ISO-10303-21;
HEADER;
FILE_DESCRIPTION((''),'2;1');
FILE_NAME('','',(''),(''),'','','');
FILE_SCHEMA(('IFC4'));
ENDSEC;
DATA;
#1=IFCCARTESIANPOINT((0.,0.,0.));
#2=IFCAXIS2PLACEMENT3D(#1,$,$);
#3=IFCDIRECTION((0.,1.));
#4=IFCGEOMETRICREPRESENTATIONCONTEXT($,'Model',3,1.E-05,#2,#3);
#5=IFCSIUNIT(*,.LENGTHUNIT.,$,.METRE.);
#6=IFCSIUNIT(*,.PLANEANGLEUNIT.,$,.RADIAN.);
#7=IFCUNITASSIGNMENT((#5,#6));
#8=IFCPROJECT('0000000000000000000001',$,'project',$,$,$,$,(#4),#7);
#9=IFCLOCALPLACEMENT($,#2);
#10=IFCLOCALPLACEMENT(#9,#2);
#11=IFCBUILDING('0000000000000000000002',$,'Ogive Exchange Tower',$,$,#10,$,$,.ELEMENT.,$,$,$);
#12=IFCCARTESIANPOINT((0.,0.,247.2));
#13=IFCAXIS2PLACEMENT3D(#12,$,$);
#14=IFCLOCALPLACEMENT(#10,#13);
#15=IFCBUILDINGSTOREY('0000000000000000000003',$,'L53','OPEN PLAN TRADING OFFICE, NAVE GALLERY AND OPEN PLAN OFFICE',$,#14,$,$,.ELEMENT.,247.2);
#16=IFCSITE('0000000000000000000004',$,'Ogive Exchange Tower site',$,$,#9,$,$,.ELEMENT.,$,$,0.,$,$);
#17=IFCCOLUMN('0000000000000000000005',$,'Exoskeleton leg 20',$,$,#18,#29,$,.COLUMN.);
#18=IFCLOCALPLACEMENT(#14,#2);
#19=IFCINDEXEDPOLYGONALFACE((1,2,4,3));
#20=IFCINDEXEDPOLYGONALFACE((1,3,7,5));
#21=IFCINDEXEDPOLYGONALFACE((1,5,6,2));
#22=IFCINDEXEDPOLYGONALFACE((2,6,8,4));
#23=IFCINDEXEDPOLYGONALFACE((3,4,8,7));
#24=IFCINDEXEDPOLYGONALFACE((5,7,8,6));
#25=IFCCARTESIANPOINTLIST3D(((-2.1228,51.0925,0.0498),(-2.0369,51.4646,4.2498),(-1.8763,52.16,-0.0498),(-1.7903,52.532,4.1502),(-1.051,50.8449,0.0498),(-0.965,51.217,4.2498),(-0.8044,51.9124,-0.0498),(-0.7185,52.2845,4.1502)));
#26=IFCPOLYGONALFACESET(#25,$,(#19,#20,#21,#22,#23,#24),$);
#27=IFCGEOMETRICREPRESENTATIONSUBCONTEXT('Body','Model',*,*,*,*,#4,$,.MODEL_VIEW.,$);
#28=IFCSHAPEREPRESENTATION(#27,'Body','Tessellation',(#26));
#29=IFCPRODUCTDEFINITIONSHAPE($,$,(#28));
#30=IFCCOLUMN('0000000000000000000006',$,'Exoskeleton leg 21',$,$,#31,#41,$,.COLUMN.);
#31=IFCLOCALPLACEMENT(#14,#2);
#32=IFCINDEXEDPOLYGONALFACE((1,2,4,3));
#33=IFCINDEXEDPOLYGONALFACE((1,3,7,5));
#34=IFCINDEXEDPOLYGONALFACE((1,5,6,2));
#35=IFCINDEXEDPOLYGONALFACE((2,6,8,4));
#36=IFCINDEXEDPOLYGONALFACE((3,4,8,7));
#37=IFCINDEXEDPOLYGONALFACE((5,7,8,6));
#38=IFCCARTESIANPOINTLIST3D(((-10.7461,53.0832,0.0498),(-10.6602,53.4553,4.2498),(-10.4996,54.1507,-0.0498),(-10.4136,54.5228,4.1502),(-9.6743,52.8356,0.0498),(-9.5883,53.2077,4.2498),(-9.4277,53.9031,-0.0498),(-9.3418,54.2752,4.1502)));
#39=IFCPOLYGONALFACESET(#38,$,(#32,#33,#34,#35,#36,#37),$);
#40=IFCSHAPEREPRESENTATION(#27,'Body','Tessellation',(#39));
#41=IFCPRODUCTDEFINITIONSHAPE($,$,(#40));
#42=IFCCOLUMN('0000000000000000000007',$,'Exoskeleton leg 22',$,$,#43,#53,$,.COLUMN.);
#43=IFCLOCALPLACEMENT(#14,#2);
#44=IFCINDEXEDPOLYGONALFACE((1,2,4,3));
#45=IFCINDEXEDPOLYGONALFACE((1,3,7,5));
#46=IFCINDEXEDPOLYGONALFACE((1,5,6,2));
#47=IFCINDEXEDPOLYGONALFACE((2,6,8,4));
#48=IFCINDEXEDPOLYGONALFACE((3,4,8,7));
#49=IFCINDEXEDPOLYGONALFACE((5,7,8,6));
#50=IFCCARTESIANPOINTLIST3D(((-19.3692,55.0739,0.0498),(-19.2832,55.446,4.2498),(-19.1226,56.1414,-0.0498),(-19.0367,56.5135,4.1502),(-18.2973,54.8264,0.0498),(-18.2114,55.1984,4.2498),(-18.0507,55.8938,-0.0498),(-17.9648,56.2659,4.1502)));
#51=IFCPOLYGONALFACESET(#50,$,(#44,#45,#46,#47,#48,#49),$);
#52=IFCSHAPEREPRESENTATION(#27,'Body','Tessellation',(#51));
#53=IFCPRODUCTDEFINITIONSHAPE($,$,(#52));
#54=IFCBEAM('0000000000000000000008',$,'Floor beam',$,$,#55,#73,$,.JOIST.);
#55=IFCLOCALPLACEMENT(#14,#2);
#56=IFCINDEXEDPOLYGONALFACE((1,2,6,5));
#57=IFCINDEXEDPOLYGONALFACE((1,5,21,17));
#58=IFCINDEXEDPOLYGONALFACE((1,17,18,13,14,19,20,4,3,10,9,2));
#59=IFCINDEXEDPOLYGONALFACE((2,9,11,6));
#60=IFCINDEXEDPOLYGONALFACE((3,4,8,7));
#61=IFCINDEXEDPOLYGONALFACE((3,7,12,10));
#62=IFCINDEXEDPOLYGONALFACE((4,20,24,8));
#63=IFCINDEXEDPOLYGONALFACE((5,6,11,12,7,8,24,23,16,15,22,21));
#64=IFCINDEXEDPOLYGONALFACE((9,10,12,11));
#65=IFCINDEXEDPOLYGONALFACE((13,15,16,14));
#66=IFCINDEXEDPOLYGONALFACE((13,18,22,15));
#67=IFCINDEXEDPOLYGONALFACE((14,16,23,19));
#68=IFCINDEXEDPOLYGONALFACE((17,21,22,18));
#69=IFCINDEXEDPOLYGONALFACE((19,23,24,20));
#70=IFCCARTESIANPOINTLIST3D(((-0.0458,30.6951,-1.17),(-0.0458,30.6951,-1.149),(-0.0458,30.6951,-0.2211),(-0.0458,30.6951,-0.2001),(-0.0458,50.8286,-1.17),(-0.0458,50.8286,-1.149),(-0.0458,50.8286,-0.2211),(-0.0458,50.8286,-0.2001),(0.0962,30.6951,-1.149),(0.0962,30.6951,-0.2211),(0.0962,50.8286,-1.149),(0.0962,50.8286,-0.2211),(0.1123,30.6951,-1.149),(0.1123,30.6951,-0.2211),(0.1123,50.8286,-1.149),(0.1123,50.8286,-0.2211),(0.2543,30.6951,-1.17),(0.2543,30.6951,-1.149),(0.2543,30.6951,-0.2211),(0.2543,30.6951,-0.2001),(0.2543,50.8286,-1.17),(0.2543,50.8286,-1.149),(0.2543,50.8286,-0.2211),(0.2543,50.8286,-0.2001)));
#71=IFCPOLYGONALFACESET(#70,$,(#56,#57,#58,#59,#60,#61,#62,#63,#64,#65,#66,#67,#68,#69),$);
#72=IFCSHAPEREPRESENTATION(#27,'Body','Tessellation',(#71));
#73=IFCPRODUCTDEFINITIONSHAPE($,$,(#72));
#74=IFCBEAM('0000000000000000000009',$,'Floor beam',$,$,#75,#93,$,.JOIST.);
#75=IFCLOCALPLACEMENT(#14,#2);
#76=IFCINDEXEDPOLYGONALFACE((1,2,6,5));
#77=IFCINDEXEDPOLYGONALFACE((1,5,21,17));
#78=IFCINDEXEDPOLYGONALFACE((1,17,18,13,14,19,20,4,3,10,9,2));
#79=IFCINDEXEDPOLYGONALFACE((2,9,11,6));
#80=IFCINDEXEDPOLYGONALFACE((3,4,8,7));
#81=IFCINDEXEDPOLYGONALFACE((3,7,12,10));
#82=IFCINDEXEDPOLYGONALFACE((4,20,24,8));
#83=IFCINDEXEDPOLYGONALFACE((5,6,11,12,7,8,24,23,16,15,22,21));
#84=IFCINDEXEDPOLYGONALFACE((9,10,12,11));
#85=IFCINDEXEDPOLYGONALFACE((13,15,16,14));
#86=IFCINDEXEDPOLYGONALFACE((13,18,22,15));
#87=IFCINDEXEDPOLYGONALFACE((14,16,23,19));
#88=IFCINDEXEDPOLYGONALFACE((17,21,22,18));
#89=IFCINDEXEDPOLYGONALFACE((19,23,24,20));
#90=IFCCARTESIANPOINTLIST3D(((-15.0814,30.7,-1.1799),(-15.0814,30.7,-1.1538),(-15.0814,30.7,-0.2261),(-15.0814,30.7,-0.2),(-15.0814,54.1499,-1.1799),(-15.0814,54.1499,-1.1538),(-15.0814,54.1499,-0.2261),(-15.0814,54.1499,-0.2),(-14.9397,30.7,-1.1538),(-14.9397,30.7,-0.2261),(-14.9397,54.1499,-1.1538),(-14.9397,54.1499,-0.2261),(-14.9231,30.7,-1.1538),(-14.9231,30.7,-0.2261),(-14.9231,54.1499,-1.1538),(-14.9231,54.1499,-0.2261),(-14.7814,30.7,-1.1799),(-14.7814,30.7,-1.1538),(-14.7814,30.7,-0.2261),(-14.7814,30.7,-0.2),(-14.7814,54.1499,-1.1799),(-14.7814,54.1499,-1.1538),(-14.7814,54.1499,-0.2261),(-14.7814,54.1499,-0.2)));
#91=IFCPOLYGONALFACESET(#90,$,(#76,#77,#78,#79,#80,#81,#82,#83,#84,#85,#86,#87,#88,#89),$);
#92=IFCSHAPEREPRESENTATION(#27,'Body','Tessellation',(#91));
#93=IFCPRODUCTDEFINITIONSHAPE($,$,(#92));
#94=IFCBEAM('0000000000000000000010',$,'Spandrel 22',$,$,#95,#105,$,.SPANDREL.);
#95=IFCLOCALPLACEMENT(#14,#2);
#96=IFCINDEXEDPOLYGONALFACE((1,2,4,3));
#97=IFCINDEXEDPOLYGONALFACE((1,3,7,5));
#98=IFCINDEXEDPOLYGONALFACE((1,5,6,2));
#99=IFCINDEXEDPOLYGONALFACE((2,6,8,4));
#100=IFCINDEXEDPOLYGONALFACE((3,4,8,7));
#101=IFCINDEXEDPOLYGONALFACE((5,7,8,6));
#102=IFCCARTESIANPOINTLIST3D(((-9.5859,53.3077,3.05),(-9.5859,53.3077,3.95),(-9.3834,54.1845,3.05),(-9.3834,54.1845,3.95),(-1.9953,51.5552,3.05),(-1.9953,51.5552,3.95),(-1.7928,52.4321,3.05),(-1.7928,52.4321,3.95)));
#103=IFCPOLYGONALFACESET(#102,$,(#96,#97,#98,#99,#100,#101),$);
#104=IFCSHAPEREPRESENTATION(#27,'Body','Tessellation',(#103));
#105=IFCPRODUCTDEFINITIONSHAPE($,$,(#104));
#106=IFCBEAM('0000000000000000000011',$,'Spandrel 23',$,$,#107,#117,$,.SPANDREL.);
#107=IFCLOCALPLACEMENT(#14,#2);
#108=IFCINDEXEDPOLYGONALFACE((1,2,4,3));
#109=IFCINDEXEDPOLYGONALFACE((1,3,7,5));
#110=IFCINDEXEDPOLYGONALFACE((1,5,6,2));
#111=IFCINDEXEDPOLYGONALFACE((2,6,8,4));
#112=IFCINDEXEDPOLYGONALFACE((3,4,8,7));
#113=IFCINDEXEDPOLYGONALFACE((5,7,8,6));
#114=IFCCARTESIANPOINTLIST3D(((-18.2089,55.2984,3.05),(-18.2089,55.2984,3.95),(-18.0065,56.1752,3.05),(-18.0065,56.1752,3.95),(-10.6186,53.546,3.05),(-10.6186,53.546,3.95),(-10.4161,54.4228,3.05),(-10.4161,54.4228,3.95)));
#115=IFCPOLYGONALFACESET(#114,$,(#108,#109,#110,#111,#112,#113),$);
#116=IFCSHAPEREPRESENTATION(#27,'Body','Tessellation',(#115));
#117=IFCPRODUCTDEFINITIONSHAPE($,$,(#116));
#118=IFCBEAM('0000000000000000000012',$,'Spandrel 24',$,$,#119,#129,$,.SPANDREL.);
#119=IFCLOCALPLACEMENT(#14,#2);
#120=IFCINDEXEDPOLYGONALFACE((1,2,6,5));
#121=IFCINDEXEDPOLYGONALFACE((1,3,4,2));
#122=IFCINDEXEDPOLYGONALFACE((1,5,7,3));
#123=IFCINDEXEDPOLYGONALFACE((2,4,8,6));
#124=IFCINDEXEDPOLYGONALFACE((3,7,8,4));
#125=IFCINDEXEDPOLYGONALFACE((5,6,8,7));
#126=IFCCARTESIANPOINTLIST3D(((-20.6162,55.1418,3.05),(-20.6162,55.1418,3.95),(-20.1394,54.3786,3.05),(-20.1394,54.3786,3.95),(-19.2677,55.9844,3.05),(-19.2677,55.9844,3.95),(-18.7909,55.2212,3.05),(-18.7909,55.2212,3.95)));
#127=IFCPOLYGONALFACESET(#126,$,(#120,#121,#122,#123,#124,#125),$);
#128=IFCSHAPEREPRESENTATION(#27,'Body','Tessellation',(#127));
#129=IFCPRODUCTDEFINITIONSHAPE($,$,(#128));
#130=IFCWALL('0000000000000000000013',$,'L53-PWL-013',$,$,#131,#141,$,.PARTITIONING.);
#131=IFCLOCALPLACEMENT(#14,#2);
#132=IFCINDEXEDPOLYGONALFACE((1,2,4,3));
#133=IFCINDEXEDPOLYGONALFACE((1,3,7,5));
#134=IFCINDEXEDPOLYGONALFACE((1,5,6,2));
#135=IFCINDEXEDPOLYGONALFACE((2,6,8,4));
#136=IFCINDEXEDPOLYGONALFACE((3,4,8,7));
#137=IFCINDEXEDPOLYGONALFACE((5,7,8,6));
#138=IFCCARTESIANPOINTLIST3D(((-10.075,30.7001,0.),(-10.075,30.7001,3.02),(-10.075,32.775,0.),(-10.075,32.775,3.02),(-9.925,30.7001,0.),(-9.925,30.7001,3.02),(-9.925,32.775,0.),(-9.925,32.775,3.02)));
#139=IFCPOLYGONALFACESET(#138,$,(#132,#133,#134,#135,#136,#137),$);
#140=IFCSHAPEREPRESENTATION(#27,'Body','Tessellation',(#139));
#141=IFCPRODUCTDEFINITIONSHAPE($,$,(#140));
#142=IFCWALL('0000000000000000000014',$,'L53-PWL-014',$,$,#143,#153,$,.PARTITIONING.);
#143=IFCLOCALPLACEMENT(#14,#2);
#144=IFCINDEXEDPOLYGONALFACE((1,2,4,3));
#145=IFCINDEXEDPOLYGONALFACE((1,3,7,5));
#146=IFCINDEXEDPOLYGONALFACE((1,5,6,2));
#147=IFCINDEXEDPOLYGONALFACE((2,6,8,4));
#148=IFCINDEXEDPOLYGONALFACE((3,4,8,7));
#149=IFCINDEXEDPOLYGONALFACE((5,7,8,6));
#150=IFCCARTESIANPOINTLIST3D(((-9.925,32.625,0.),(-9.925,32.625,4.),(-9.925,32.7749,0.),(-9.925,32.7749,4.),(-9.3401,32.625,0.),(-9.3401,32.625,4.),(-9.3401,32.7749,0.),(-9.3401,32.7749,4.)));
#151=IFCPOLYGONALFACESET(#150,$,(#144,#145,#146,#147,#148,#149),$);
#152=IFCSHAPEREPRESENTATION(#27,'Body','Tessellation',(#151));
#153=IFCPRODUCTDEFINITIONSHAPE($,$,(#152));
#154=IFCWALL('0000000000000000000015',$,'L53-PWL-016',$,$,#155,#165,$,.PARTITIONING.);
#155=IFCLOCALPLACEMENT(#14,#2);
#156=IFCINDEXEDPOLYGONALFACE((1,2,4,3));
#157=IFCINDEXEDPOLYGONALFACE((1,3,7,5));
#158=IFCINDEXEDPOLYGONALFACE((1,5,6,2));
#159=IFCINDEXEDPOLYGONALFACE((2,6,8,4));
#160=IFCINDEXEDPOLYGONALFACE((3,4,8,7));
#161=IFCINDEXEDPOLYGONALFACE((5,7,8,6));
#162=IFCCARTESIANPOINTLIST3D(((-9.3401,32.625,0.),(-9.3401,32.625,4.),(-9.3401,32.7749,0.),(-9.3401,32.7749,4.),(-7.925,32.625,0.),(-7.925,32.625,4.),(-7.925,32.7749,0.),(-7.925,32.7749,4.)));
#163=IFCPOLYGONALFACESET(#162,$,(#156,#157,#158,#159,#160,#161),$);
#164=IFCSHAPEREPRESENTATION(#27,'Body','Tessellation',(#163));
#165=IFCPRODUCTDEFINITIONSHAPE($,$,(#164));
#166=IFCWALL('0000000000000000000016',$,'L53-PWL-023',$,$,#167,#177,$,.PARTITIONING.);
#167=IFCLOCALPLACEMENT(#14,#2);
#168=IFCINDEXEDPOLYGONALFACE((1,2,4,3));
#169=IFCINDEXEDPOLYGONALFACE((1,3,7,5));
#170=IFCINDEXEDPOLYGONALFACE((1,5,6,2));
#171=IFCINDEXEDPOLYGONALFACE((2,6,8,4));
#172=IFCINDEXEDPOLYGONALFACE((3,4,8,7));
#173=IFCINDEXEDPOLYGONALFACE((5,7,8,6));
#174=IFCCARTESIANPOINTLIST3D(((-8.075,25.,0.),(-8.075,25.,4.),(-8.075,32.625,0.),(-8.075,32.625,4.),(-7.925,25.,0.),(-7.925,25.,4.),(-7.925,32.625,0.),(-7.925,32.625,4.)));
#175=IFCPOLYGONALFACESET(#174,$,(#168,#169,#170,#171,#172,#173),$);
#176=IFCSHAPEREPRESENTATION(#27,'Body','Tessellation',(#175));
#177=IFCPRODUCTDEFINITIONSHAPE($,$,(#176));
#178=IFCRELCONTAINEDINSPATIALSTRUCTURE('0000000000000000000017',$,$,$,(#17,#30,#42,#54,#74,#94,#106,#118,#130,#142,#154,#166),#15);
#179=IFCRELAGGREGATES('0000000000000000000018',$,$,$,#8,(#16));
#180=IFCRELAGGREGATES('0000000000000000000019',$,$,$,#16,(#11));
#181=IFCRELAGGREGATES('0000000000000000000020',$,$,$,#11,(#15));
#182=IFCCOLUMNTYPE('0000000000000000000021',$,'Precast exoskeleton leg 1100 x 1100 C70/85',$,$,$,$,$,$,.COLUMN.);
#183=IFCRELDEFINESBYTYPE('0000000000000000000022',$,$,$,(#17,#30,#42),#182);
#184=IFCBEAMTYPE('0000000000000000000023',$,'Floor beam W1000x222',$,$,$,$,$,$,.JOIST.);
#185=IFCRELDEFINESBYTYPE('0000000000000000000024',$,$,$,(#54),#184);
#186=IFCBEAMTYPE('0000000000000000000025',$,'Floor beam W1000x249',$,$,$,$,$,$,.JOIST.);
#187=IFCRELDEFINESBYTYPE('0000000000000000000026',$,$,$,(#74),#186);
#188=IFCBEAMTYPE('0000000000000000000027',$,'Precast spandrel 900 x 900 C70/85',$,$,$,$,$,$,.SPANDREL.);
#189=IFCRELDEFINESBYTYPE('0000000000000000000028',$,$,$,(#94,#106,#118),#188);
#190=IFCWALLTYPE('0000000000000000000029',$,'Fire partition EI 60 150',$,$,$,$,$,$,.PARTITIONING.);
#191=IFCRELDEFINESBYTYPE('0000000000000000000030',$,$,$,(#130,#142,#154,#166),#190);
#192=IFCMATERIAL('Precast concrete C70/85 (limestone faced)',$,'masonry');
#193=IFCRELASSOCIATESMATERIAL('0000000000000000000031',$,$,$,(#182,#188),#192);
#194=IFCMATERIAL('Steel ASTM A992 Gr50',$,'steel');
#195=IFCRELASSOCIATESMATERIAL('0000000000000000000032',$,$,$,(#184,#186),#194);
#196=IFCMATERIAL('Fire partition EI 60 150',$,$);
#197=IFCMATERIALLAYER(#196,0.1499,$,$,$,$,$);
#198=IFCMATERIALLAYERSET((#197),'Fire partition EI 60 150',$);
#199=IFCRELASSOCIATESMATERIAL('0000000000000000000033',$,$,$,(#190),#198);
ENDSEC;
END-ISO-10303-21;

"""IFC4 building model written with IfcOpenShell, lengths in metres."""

from ifc_helpers import new_model, si_unit, direction, frame, frame_2d, origin, origin_2d, place, context, subcontext, project, spatial, rectangle, i_section, extrude, material, layer, layer_set, material_profile, profile_set, type_object, element, save


model = new_model("IFC4")

# Units and contexts
model_context = context("Model", 3, precision=1e-05, world=origin(), true_north=direction((0.0, 1.0)))
body_context = subcontext(model_context, "Body", "Model", "MODEL_VIEW")
ifc_project = project(units=[si_unit("LENGTHUNIT", "METRE"), si_unit("PLANEANGLEUNIT", "RADIAN")], contexts=[model_context])

# Site, building, storey
site_placement = place(None, origin())
site = spatial("IfcSite", under=ifc_project, at=site_placement, Name="Ogive Exchange Tower site", CompositionType="ELEMENT", RefElevation=0.0)
building_placement = place(site_placement, origin())
building = spatial("IfcBuilding", under=site, at=building_placement, Name="Ogive Exchange Tower", CompositionType="ELEMENT")
storey_placement = place(building_placement, frame((0.0, 0.0, 247.2)))
storey = spatial("IfcBuildingStorey", under=building, at=storey_placement, Name="L53", Description="OPEN PLAN TRADING OFFICE, NAVE GALLERY AND OPEN PLAN OFFICE", CompositionType="ELEMENT", Elevation=247.2)

# Columns
ifc_material_1 = material(Name="Precast concrete C70/85 (limestone faced)", Category="masonry")
ifc_material_profile_1 = material_profile(ifc_material_1, rectangle(XDim=1.1001, YDim=1.1001, at=origin_2d()), Name="1100 x 1100")
ifc_profile_set_1 = profile_set([ifc_material_profile_1], Name="Precast concrete C70/85 (limestone faced)")
column_type = type_object("IfcColumnType", Name="Precast exoskeleton leg 1100 x 1100 C70/85", PredefinedType="COLUMN", material=ifc_profile_set_1)
for number, where, z_axis, x_axis, name in (
    (1, (-1.4636, 51.5024, 0.0), (0.020377, 0.088225, 0.995892), (-0.974348, 0.225046, 0.0), "Exoskeleton leg 20"),
    (2, (-10.0869, 53.4932, 0.0), (0.020377, 0.088225, 0.995892), (-0.974348, 0.225046, 0.0), "Exoskeleton leg 21"),
    (3, (-18.71, 55.4839, 0.0), (0.020377, 0.088225, 0.995892), (-0.974348, 0.225046, 0.0), "Exoskeleton leg 22"),
):
    element("IfcColumn", number, at=place(storey_placement, frame(where, z_axis=z_axis, x_axis=x_axis)), inside=storey, type_object=column_type, Name=name, PredefinedType="COLUMN", context=body_context, shape_type="SweptSolid", body=[
        extrude(rectangle(XDim=1.1001, YDim=1.1001, at=origin_2d()), origin(), (0.0, 0.0, 1.0), 4.2173),
    ])

# Beams
ifc_material_2 = material(Name="Steel ASTM A992 Gr50", Category="steel")
ifc_material_profile_2 = material_profile(ifc_material_2, i_section(OverallWidth=0.3, OverallDepth=0.97, WebThickness=0.0161, FlangeThickness=0.021, at=origin_2d()), Name="W1000x222")
ifc_profile_set_2 = profile_set([ifc_material_profile_2], Name="Steel ASTM A992 Gr50")
beam_type_1 = type_object("IfcBeamType", Name="Floor beam W1000x222", PredefinedType="JOIST", material=ifc_profile_set_2)
beam_1_placement = place(storey_placement, frame((0.1042, 30.6951, -0.6851), z_axis=(0.0, 1.0, 0.0), x_axis=(-1.0, 0.0, 0.0)))
element("IfcBeam", 4, at=beam_1_placement, inside=storey, type_object=beam_type_1, Name="Floor beam", PredefinedType="JOIST", context=body_context, shape_type="SweptSolid", body=[
    extrude(i_section(OverallWidth=0.3, OverallDepth=0.97, WebThickness=0.0161, FlangeThickness=0.021, at=origin_2d()), origin(), (0.0, 0.0, 1.0), 20.1335),
])
ifc_material_profile_3 = material_profile(ifc_material_2, i_section(OverallWidth=0.3, OverallDepth=0.98, WebThickness=0.0166, FlangeThickness=0.0261, at=origin_2d()), Name="W1000x249")
ifc_profile_set_3 = profile_set([ifc_material_profile_3], Name="Steel ASTM A992 Gr50")
beam_type_2 = type_object("IfcBeamType", Name="Floor beam W1000x249", PredefinedType="JOIST", material=ifc_profile_set_3)
beam_2_placement = place(storey_placement, frame((-14.9314, 30.7, -0.6899), z_axis=(0.0, 1.0, 0.0), x_axis=(-1.0, 0.0, 0.0)))
element("IfcBeam", 5, at=beam_2_placement, inside=storey, type_object=beam_type_2, Name="Floor beam", PredefinedType="JOIST", context=body_context, shape_type="SweptSolid", body=[
    extrude(i_section(OverallWidth=0.3, OverallDepth=0.98, WebThickness=0.0166, FlangeThickness=0.0261, at=origin_2d()), origin(), (0.0, 0.0, 1.0), 23.45),
])
ifc_material_profile_4 = material_profile(ifc_material_1, rectangle(XDim=0.8999, YDim=0.8999, at=origin_2d()), Name="900 x 900")
ifc_profile_set_4 = profile_set([ifc_material_profile_4], Name="Precast concrete C70/85 (limestone faced)")
beam_type_3 = type_object("IfcBeamType", Name="Precast spandrel 900 x 900 C70/85", PredefinedType="SPANDREL", material=ifc_profile_set_4)
beam_3_placement = place(storey_placement, frame((-1.894, 51.9937, 3.5), z_axis=(-0.97437, 0.224953, 0.0), x_axis=(-0.224953, -0.97437, 0.0)))
element("IfcBeam", 6, at=beam_3_placement, inside=storey, type_object=beam_type_3, Name="Spandrel 22", PredefinedType="SPANDREL", context=body_context, shape_type="SweptSolid", body=[
    extrude(rectangle(XDim=0.8999, YDim=0.8999, at=origin_2d()), origin(), (0.0, 0.0, 1.0), 7.7903),
])
beam_4_placement = place(storey_placement, frame((-10.5173, 53.9844, 3.5), z_axis=(-0.974368, 0.22496, 0.0), x_axis=(-0.22496, -0.974368, 0.0)))
element("IfcBeam", 7, at=beam_4_placement, inside=storey, type_object=beam_type_3, Name="Spandrel 23", PredefinedType="SPANDREL", context=body_context, shape_type="SweptSolid", body=[
    extrude(rectangle(XDim=0.8999, YDim=0.8999, at=origin_2d()), origin(), (0.0, 0.0, 1.0), 7.79),
])
beam_5_placement = place(storey_placement, frame((-19.0293, 55.6028, 3.5), z_axis=(-0.848059, -0.529902, 0.0), x_axis=(0.529902, -0.848059, 0.0)))
element("IfcBeam", 8, at=beam_5_placement, inside=storey, type_object=beam_type_3, Name="Spandrel 24", PredefinedType="SPANDREL", context=body_context, shape_type="SweptSolid", body=[
    extrude(rectangle(XDim=0.8999, YDim=0.8999, at=origin_2d()), origin(), (0.0, 0.0, 1.0), 1.5901),
])

# Walls
ifc_material_3 = material(Name="Fire partition EI 60 150")
ifc_layer_1 = layer(ifc_material_3, 0.1499)
ifc_layer_set_1 = layer_set([ifc_layer_1], Name="Fire partition EI 60 150")
wall_type_1 = type_object("IfcWallType", Name="Fire partition EI 60 150", PredefinedType="PARTITIONING", material=ifc_layer_set_1)
wall_1_placement = place(storey_placement, frame((-10.0, 30.7, 0.0), z_axis=(0.0, 0.0, 1.0), x_axis=(0.0, 1.0, 0.0)))
element("IfcWall", 9, at=wall_1_placement, inside=storey, type_object=wall_type_1, Name="L53-PWL-013", PredefinedType="PARTITIONING", context=body_context, shape_type="SweptSolid", body=[
    extrude(rectangle(XDim=2.075, YDim=0.1499, at=frame_2d((1.0376, 0.0))), origin(), (0.0, 0.0, 1.0), 3.02),
])
wall_2_placement = place(storey_placement, frame((-9.925, 32.7, 0.0), z_axis=(0.0, 0.0, 1.0), x_axis=(1.0, 0.0, 0.0)))
element("IfcWall", 10, at=wall_2_placement, inside=storey, type_object=wall_type_1, Name="L53-PWL-014", PredefinedType="PARTITIONING", context=body_context, shape_type="SweptSolid", body=[
    extrude(rectangle(XDim=0.585, YDim=0.1499, at=frame_2d((0.2925, 0.0))), origin(), (0.0, 0.0, 1.0), 4.0),
])
wall_3_placement = place(storey_placement, frame((-9.3401, 32.7, 0.0), z_axis=(0.0, 0.0, 1.0), x_axis=(1.0, 0.0, 0.0)))
element("IfcWall", 11, at=wall_3_placement, inside=storey, type_object=wall_type_1, Name="L53-PWL-016", PredefinedType="PARTITIONING", context=body_context, shape_type="SweptSolid", body=[
    extrude(rectangle(XDim=1.415, YDim=0.1499, at=frame_2d((0.7075, 0.0))), origin(), (0.0, 0.0, 1.0), 4.0),
])
wall_4_placement = place(storey_placement, frame((-8.0, 32.625, 0.0), z_axis=(0.0, 0.0, 1.0), x_axis=(0.0, -1.0, 0.0)))
element("IfcWall", 12, at=wall_4_placement, inside=storey, type_object=wall_type_1, Name="L53-PWL-023", PredefinedType="PARTITIONING", context=body_context, shape_type="SweptSolid", body=[
    extrude(rectangle(XDim=7.625, YDim=0.1499, at=frame_2d((3.8125, 0.0))), origin(), (0.0, 0.0, 1.0), 4.0),
])

save(model, "model.ifc")
